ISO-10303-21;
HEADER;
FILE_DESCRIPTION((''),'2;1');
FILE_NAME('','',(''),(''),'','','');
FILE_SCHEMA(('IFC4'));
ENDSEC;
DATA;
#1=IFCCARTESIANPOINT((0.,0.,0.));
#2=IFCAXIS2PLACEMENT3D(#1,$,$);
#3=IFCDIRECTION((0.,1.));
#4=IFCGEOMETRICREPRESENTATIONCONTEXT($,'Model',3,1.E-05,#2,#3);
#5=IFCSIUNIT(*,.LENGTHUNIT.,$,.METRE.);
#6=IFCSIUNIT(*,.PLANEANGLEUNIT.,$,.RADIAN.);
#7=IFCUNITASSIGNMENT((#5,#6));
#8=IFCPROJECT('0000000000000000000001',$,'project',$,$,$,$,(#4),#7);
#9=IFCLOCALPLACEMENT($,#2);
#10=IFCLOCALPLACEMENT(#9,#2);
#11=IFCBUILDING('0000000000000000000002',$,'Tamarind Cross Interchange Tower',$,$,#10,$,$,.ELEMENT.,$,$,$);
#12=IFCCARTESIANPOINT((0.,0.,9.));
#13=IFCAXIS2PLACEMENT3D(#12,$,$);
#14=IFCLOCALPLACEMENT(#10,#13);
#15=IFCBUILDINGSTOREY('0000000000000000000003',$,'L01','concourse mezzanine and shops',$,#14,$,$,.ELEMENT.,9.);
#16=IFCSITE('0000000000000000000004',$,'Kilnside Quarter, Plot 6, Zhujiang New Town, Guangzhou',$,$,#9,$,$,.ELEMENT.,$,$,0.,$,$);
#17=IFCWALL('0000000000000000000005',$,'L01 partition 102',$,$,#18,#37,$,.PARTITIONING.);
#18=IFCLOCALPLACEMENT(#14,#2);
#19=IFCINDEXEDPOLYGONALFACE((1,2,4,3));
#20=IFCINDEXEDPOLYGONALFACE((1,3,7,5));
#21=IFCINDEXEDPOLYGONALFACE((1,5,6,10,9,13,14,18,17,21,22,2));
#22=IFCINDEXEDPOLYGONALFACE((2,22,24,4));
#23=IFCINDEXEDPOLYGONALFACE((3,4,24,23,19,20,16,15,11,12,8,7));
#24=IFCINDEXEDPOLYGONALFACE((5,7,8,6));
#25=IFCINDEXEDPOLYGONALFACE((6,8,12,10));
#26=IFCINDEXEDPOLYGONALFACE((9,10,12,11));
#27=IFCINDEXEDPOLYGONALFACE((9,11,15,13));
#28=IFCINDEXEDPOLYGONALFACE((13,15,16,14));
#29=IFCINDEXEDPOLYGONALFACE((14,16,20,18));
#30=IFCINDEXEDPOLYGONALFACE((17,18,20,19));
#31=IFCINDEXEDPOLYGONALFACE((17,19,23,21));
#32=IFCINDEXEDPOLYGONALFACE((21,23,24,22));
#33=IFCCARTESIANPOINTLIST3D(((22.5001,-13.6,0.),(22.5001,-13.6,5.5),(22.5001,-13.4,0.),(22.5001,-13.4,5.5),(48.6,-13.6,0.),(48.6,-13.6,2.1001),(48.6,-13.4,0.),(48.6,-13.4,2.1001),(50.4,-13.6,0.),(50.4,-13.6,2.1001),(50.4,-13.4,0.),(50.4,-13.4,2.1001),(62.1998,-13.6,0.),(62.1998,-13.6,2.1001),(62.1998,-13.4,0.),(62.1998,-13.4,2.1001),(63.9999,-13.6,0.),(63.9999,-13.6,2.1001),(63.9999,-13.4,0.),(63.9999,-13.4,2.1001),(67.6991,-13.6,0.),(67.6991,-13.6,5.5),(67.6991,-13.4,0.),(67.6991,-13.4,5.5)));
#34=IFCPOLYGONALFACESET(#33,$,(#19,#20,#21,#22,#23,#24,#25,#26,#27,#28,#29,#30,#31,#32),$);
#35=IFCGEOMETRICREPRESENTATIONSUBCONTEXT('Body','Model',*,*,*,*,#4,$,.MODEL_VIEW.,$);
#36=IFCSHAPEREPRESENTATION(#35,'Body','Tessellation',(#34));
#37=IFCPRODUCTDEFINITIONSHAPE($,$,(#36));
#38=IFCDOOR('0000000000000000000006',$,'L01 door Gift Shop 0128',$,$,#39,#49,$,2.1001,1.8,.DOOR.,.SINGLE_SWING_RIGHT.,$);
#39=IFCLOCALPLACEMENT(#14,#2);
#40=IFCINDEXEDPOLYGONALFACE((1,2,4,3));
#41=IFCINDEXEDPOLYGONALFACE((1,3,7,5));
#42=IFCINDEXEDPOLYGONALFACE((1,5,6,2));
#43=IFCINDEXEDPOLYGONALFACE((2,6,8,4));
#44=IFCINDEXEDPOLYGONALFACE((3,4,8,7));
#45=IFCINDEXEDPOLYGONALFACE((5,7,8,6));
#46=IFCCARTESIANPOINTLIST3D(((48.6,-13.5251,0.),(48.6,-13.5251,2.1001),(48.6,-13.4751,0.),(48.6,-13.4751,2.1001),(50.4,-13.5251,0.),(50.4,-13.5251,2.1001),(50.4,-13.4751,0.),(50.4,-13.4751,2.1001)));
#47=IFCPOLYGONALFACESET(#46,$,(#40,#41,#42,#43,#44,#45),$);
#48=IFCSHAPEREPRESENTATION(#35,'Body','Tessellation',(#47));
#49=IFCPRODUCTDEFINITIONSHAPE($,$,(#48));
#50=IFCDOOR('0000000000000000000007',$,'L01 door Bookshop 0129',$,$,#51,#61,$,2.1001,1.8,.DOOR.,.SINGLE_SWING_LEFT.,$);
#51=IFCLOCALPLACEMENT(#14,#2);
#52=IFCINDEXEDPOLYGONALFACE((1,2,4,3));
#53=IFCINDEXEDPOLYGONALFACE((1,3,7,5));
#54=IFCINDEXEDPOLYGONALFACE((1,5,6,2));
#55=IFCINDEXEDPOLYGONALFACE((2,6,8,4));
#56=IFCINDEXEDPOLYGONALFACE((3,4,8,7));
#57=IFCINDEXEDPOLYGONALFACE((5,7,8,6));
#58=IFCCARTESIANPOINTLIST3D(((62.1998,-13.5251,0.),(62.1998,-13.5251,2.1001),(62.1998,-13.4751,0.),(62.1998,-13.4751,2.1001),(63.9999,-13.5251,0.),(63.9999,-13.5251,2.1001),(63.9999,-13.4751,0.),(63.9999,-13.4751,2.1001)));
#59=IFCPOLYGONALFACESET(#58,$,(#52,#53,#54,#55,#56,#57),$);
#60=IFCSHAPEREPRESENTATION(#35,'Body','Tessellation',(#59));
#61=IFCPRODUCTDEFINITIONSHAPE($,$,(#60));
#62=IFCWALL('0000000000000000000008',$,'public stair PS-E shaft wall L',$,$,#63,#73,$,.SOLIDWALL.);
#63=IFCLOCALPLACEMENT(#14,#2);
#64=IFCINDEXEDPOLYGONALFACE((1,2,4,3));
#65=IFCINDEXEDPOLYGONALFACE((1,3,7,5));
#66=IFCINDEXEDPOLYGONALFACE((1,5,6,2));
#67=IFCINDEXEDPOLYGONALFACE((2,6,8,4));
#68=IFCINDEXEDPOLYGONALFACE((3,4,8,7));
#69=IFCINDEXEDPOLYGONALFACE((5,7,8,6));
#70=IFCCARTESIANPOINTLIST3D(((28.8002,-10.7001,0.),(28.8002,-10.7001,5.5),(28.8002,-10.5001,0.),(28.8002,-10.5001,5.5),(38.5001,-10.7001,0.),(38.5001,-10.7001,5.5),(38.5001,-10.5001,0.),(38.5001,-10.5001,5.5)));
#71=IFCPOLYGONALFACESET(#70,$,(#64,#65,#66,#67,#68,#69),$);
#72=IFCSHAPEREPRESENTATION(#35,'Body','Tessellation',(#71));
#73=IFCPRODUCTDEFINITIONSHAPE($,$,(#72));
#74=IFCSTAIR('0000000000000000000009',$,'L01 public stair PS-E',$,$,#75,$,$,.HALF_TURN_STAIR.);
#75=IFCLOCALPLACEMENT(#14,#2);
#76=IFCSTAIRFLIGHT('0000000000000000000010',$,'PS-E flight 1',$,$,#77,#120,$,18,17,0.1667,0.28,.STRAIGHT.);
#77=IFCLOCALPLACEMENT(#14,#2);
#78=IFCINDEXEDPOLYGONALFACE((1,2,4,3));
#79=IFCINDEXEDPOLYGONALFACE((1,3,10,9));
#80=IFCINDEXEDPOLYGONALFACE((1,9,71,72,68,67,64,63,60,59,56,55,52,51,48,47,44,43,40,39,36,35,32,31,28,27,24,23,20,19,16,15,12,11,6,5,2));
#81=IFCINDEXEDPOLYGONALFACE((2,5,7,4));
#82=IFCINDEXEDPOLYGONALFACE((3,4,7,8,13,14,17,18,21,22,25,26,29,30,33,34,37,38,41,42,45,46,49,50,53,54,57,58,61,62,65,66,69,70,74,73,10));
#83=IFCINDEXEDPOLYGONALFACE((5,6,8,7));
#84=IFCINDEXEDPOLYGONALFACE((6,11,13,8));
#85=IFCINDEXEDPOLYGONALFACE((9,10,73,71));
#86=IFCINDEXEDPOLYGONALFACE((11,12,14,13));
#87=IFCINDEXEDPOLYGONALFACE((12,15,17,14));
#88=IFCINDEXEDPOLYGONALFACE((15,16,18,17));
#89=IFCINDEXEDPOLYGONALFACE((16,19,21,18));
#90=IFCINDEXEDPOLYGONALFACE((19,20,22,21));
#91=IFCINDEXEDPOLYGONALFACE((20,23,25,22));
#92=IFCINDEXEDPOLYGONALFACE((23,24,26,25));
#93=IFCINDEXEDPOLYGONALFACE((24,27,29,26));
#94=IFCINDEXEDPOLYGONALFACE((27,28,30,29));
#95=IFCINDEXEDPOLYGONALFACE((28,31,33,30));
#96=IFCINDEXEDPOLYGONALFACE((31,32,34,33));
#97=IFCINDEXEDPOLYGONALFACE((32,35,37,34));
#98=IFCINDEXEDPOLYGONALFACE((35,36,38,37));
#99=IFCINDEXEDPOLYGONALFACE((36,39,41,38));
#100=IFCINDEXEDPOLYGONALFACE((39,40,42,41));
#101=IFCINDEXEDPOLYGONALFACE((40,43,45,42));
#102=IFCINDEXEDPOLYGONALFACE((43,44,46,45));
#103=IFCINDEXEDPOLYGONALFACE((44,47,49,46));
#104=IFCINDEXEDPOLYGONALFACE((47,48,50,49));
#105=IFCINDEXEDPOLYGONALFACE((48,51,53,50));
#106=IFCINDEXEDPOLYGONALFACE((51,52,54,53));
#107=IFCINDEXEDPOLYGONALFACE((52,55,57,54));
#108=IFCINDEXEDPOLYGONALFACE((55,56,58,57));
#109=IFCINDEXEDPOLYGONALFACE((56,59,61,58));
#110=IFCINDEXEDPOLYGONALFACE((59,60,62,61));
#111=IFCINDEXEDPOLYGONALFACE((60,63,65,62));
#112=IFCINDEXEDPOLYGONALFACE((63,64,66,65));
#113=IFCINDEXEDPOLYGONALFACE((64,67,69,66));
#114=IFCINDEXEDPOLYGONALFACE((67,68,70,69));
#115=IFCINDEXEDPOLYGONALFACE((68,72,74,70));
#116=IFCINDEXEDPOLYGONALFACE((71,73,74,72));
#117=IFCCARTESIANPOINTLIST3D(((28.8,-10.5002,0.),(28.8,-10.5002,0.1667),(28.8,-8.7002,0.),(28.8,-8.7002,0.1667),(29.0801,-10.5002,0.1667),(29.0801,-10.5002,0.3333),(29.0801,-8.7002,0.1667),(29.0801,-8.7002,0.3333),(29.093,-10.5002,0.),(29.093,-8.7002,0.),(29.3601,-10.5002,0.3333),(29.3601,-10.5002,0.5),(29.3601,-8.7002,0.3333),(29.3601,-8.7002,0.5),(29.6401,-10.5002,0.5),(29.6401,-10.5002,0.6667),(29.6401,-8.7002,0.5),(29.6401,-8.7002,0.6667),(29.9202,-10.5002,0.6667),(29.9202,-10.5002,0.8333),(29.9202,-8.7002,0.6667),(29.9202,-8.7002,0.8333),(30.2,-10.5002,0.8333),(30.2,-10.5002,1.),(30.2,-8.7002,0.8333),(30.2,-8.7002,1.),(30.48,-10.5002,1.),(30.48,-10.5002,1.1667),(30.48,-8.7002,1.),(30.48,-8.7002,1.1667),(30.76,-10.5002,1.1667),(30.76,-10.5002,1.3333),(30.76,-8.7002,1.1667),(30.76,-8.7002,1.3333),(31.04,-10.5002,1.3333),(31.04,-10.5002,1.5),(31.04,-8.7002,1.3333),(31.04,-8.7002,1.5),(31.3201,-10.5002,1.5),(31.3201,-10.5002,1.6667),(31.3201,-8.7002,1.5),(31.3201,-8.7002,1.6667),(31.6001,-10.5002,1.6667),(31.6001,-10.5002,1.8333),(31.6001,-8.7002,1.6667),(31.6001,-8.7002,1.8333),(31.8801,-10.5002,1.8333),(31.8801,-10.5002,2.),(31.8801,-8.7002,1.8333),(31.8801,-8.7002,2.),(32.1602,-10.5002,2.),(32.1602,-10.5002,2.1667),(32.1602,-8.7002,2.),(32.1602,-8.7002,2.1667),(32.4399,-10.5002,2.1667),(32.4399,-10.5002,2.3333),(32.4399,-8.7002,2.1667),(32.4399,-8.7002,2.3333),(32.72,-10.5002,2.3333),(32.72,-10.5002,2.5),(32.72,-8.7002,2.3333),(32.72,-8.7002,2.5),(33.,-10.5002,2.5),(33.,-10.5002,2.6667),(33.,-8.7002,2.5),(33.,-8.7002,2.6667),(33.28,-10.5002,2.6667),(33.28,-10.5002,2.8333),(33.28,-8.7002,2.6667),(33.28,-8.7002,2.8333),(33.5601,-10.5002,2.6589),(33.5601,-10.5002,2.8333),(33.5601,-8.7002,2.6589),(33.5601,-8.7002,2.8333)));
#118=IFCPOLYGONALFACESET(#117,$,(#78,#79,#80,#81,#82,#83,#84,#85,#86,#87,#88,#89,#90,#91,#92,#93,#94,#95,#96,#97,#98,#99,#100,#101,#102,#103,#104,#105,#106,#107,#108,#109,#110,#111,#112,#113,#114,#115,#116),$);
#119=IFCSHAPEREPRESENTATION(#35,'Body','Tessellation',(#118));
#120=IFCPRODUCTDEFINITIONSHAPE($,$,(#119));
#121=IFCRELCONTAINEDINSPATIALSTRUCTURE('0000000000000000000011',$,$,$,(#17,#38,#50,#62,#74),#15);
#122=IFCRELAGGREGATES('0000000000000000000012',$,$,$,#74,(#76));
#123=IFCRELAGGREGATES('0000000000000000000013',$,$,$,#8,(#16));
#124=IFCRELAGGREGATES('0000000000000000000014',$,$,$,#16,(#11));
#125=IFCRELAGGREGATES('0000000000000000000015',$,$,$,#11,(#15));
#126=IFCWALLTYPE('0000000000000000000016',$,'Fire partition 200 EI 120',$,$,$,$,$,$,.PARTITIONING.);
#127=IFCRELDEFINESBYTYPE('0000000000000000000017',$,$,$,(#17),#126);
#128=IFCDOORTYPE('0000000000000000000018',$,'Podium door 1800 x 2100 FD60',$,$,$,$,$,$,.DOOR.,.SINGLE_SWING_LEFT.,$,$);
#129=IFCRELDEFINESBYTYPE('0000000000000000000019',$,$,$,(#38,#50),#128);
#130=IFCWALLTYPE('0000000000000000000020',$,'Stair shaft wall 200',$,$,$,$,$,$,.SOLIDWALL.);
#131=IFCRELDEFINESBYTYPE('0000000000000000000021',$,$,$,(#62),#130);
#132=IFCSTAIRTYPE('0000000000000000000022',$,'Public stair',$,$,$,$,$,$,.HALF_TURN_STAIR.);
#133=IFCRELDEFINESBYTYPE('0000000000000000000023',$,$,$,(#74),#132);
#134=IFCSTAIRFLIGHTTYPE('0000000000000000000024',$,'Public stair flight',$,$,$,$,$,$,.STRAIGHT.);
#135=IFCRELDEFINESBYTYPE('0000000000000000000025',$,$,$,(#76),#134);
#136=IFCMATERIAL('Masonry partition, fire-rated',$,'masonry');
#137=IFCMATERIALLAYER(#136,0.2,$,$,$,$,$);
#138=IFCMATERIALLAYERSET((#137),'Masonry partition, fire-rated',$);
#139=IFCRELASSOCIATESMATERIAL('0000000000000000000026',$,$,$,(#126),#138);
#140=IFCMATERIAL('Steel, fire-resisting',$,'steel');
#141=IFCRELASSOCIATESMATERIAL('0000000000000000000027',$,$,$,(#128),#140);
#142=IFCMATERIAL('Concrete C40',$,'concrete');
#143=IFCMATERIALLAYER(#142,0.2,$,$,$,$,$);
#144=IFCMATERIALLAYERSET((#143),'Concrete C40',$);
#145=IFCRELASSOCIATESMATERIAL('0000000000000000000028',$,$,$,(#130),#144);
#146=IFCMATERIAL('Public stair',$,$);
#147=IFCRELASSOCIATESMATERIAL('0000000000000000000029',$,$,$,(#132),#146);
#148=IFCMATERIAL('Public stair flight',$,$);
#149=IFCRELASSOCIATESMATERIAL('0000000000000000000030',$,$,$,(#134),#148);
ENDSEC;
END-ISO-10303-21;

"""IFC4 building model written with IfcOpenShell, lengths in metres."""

from ifc_helpers import new_model, si_unit, direction, frame, frame_2d, origin, place, context, subcontext, project, spatial, polyline, rectangle, outline, extrude, material, layer, layer_set, type_object, element, fill, aggregate, save


model = new_model("IFC4")

# Units and contexts
model_context = context("Model", 3, precision=1e-05, world=origin(), true_north=direction((0.0, 1.0)))
body_context = subcontext(model_context, "Body", "Model", "MODEL_VIEW")
ifc_project = project(units=[si_unit("LENGTHUNIT", "METRE"), si_unit("PLANEANGLEUNIT", "RADIAN")], contexts=[model_context])

# Site, building, storey
site_placement = place(None, origin())
site = spatial("IfcSite", under=ifc_project, at=site_placement, Name="Kilnside Quarter, Plot 6, Zhujiang New Town, Guangzhou", CompositionType="ELEMENT", RefElevation=0.0)
building_placement = place(site_placement, origin())
building = spatial("IfcBuilding", under=site, at=building_placement, Name="Tamarind Cross Interchange Tower", CompositionType="ELEMENT")
storey_placement = place(building_placement, frame((0.0, 0.0, 9.0)))
storey = spatial("IfcBuildingStorey", under=building, at=storey_placement, Name="L01", Description="concourse mezzanine and shops", CompositionType="ELEMENT", Elevation=9.0)

# Shared definitions
ifc_material_1 = material(Name="Steel, fire-resisting", Category="steel")

# Shared definitions
ifc_material_2 = material(Name="Masonry partition, fire-rated", Category="masonry")
ifc_layer_1 = layer(ifc_material_2, 0.2)
ifc_layer_set_1 = layer_set([ifc_layer_1], Name="Masonry partition, fire-rated")
wall_type_1 = type_object("IfcWallType", Name="Fire partition 200 EI 120", PredefinedType="PARTITIONING", material=ifc_layer_set_1)

# Shared definitions
door_type_1 = type_object("IfcDoorType", Name="Podium door 1800 x 2100 FD60", OperationType="SINGLE_SWING_LEFT", PredefinedType="DOOR", material=ifc_material_1)

# Wall, openings, doors
wall_1_placement = place(storey_placement, frame((22.5, -13.5, 0.0), z_axis=(0.0, 0.0, 1.0), x_axis=(1.0, 0.0, 0.0)))
wall_1 = element("IfcWall", 1, at=wall_1_placement, inside=storey, type_object=wall_type_1, Name="L01 partition 102", PredefinedType="PARTITIONING", context=body_context, shape_type="SweptSolid", body=[
    extrude(rectangle(XDim=45.199, YDim=0.2, at=frame_2d((22.5996, 0.0))), origin(), (0.0, 0.0, 1.0), 5.5),
])
opening_1_placement = place(wall_1_placement, frame((26.1001, 0.0, 0.0)))
opening_1 = element("IfcOpeningElement", 2, at=opening_1_placement, cuts=wall_1, PredefinedType="OPENING", context=body_context, shape_type="SweptSolid", body=[
    extrude(rectangle(XDim=1.8, YDim=2.1001, at=frame_2d((0.8999, 1.05))), frame((0.0, 0.1099, 0.0), z_axis=(0.0, -1.0, 0.0), x_axis=(1.0, 0.0, 0.0)), (0.0, 0.0, 1.0), 0.22),
])
opening_2_placement = place(wall_1_placement, frame((39.7, 0.0, 0.0)))
opening_2 = element("IfcOpeningElement", 3, at=opening_2_placement, cuts=wall_1, PredefinedType="OPENING", context=body_context, shape_type="SweptSolid", body=[
    extrude(rectangle(XDim=1.8, YDim=2.1001, at=frame_2d((0.8999, 1.05))), frame((0.0, 0.1099, 0.0), z_axis=(0.0, -1.0, 0.0), x_axis=(1.0, 0.0, 0.0)), (0.0, 0.0, 1.0), 0.22),
])
door_1_placement = place(opening_1_placement, origin())
door_1 = element("IfcDoor", 4, at=door_1_placement, inside=storey, type_object=door_type_1, Name="L01 door Gift Shop 0128", OperationType="SINGLE_SWING_RIGHT", OverallHeight=2.1001, OverallWidth=1.8, PredefinedType="DOOR", context=body_context, shape_type="SweptSolid", body=[
    extrude(rectangle(XDim=1.8, YDim=2.1001, at=frame_2d((0.8999, 1.05))), frame((0.0, 0.0249, 0.0), z_axis=(0.0, -1.0, 0.0), x_axis=(1.0, 0.0, 0.0)), (0.0, 0.0, 1.0), 0.05),
])
fill(opening_1, door_1)
door_2_placement = place(opening_2_placement, origin())
door_2 = element("IfcDoor", 5, at=door_2_placement, inside=storey, type_object=door_type_1, Name="L01 door Bookshop 0129", OperationType="SINGLE_SWING_LEFT", OverallHeight=2.1001, OverallWidth=1.8, PredefinedType="DOOR", context=body_context, shape_type="SweptSolid", body=[
    extrude(rectangle(XDim=1.8, YDim=2.1001, at=frame_2d((0.8999, 1.05))), frame((0.0, 0.0249, 0.0), z_axis=(0.0, -1.0, 0.0), x_axis=(1.0, 0.0, 0.0)), (0.0, 0.0, 1.0), 0.05),
])
fill(opening_2, door_2)

# Wall
ifc_material_3 = material(Name="Concrete C40", Category="concrete")
ifc_layer_2 = layer(ifc_material_3, 0.2)
ifc_layer_set_2 = layer_set([ifc_layer_2], Name="Concrete C40")
wall_type_2 = type_object("IfcWallType", Name="Stair shaft wall 200", PredefinedType="SOLIDWALL", material=ifc_layer_set_2)
wall_2_placement = place(storey_placement, frame((28.8, -10.6001, 0.0), z_axis=(0.0, 0.0, 1.0), x_axis=(1.0, 0.0, 0.0)))
element("IfcWall", 6, at=wall_2_placement, inside=storey, type_object=wall_type_2, Name="public stair PS-E shaft wall L", PredefinedType="SOLIDWALL", context=body_context, shape_type="SweptSolid", body=[
    extrude(rectangle(XDim=9.7, YDim=0.2, at=frame_2d((4.8501, 0.0))), origin(), (0.0, 0.0, 1.0), 5.5),
])

# Stair, stair flight
ifc_material_4 = material(Name="Public stair")
stair_type = type_object("IfcStairType", Name="Public stair", PredefinedType="HALF_TURN_STAIR", material=ifc_material_4)
stair_placement = place(storey_placement, origin())
stair = element("IfcStair", 7, at=stair_placement, inside=storey, type_object=stair_type, Name="L01 public stair PS-E", PredefinedType="HALF_TURN_STAIR")
ifc_material_5 = material(Name="Public stair flight")
stair_flight_type = type_object("IfcStairFlightType", Name="Public stair flight", PredefinedType="STRAIGHT", material=ifc_material_5)
stair_flight_placement = place(storey_placement, frame((28.8, -9.6001, 0.0), z_axis=(0.0, 0.0, 1.0), x_axis=(1.0, 0.0, 0.0)))
stair_flight = element("IfcStairFlight", 8, at=stair_flight_placement, type_object=stair_flight_type, Name="PS-E flight 1", NumberOfRisers=18, NumberOfTreads=17, PredefinedType="STRAIGHT", RiserHeight=0.1667, TreadLength=0.28, context=body_context, shape_type="SweptSolid", body=[
    extrude(outline(polyline([(0.0, 0.0), (0.0, 0.1667), (0.28, 0.1667), (0.28, 0.3333), (0.5601, 0.3333), (0.5601, 0.5), (0.8401, 0.5), (0.8401, 0.6667), (1.1201, 0.6667), (1.1201, 0.8333), (1.3999, 0.8333), (1.3999, 1.0), (1.6799, 1.0), (1.6799, 1.1667), (1.96, 1.1667), (1.96, 1.3333), (2.24, 1.3333), (2.24, 1.5), (2.52, 1.5), (2.52, 1.6667), (2.8, 1.6667), (2.8, 1.8333), (3.0801, 1.8333), (3.0801, 2.0), (3.3601, 2.0), (3.3601, 2.1667), (3.6399, 2.1667), (3.6399, 2.3333), (3.9199, 2.3333), (3.9199, 2.5), (4.2, 2.5), (4.2, 2.6667), (4.48, 2.6667), (4.48, 2.8333), (4.76, 2.8333), (4.76, 3.0), (4.76, 2.6589), (0.293, 0.0), (0.0, 0.0)])), frame((0.0, 0.8999, 0.0), z_axis=(0.0, -1.0, 0.0), x_axis=(1.0, 0.0, 0.0)), (0.0, 0.0, 1.0), 1.8),
])
aggregate(stair, [stair_flight])

save(model, "model.ifc")
